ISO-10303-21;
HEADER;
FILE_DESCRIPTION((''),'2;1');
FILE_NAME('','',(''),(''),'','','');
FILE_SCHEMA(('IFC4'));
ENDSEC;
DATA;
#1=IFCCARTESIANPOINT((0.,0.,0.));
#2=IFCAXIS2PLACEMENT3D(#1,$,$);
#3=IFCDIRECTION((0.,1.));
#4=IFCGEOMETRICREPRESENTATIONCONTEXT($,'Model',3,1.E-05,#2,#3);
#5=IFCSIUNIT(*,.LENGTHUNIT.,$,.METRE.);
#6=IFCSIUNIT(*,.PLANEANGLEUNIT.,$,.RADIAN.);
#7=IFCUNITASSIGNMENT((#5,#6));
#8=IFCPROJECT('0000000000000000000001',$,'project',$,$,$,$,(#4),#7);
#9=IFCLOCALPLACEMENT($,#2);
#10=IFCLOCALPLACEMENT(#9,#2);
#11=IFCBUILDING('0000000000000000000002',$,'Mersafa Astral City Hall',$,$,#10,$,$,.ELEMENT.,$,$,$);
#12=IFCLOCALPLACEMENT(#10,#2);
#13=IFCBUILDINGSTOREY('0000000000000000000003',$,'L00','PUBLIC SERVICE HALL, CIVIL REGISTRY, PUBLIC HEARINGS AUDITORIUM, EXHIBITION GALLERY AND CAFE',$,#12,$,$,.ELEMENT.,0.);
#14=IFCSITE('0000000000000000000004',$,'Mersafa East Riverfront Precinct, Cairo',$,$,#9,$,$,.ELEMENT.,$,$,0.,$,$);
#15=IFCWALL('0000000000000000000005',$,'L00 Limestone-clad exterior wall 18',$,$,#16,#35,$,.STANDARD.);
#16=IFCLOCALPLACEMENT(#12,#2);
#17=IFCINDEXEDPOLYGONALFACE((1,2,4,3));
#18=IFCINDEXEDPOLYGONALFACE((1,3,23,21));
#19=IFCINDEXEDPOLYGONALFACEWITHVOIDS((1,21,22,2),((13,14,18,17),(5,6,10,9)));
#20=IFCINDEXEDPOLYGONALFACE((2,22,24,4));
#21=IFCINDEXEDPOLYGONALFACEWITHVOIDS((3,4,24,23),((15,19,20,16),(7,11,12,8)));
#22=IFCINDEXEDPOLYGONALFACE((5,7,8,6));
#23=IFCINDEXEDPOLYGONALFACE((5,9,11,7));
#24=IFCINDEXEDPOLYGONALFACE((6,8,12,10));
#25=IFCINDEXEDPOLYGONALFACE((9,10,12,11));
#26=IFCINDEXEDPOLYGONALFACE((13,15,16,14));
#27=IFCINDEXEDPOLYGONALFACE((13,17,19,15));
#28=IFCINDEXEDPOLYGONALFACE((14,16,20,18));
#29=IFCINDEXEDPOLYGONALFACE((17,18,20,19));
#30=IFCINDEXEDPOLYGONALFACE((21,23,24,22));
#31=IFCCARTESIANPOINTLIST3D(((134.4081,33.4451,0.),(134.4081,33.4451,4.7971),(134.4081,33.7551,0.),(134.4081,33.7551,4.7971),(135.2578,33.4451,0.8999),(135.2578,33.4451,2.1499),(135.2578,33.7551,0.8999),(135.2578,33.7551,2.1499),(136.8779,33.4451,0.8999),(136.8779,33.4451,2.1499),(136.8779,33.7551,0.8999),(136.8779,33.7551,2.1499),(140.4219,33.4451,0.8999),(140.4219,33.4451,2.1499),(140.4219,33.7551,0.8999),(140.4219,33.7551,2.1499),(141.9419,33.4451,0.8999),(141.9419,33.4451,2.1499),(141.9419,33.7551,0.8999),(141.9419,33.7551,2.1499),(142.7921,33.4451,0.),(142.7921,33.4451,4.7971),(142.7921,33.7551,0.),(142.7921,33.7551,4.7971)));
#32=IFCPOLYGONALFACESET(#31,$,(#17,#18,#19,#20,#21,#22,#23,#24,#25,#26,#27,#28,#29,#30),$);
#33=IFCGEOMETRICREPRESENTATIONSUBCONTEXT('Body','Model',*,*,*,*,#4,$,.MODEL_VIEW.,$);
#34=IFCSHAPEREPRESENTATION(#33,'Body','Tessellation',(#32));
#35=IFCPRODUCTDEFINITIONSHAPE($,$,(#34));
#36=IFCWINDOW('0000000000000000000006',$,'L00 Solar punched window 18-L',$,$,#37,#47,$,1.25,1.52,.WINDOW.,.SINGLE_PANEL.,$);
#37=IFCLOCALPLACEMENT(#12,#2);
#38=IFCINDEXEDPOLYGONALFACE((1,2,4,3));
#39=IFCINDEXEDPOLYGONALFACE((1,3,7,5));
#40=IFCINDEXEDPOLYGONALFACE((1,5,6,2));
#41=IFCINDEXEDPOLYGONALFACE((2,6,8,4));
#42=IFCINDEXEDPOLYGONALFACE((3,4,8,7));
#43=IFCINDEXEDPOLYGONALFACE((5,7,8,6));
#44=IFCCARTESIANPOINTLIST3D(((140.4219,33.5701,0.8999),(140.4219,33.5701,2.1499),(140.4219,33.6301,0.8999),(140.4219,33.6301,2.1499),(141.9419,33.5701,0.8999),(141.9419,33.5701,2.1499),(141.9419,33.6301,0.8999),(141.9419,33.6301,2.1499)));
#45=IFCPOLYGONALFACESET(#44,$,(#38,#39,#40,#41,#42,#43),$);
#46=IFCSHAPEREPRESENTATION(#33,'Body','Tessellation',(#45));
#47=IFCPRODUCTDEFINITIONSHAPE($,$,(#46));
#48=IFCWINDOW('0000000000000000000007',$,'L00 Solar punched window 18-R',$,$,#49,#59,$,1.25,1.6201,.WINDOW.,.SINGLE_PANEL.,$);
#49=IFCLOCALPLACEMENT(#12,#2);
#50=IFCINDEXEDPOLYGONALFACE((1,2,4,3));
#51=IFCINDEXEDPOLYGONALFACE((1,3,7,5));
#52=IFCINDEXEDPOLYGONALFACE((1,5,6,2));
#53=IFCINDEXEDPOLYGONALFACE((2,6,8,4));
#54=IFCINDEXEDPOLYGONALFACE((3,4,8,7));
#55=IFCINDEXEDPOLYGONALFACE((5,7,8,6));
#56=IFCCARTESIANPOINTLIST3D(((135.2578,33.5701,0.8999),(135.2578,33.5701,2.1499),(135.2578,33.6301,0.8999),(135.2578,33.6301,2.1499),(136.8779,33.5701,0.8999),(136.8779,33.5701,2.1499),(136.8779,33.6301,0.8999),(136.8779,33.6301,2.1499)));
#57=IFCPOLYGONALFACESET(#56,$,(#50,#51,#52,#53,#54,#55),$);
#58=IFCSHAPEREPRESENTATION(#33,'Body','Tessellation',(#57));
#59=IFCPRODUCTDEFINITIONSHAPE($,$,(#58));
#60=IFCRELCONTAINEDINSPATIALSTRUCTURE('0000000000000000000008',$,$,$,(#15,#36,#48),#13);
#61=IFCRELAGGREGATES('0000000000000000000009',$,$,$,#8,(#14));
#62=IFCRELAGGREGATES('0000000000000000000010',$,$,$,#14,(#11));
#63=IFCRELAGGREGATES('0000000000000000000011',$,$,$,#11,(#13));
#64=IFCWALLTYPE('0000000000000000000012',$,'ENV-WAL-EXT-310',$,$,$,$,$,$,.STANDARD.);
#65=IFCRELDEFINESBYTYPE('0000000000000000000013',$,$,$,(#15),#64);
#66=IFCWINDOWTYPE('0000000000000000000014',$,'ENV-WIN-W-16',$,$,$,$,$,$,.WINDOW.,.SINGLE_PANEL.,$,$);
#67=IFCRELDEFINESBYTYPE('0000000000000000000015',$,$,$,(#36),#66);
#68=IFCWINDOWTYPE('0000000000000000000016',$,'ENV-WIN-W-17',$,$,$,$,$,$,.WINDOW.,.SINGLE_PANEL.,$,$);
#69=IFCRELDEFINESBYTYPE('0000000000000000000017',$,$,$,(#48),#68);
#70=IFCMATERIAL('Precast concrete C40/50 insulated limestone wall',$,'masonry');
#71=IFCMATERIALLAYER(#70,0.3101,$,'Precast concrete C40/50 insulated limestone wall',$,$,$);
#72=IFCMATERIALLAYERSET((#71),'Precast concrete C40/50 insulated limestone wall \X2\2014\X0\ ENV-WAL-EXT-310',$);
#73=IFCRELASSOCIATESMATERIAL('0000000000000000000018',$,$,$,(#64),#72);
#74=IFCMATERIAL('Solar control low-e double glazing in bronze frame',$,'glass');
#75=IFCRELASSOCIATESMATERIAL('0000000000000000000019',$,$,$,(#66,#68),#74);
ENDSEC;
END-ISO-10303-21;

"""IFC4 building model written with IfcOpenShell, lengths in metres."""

from ifc_helpers import new_model, si_unit, direction, frame, frame_2d, origin, place, context, subcontext, project, spatial, rectangle, extrude, material, layer, layer_set, type_object, element, fill, save


model = new_model("IFC4")

# Units and contexts
model_context = context("Model", 3, precision=1e-05, world=origin(), true_north=direction((0.0, 1.0)))
body_context = subcontext(model_context, "Body", "Model", "MODEL_VIEW")
ifc_project = project(units=[si_unit("LENGTHUNIT", "METRE"), si_unit("PLANEANGLEUNIT", "RADIAN")], contexts=[model_context])

# Site, building, storey
site_placement = place(None, origin())
site = spatial("IfcSite", under=ifc_project, at=site_placement, Name="Mersafa East Riverfront Precinct, Cairo", CompositionType="ELEMENT", RefElevation=0.0)
building_placement = place(site_placement, origin())
building = spatial("IfcBuilding", under=site, at=building_placement, Name="Mersafa Astral City Hall", CompositionType="ELEMENT")
storey_placement = place(building_placement, origin())
storey = spatial("IfcBuildingStorey", under=building, at=storey_placement, Name="L00", Description="PUBLIC SERVICE HALL, CIVIL REGISTRY, PUBLIC HEARINGS AUDITORIUM, EXHIBITION GALLERY AND CAFE", CompositionType="ELEMENT", Elevation=0.0)

# Wall, openings, windows
ifc_material_1 = material(Name="Precast concrete C40/50 insulated limestone wall", Category="masonry")
ifc_layer_1 = layer(ifc_material_1, 0.3101, Name="Precast concrete C40/50 insulated limestone wall")
ifc_layer_set_1 = layer_set([ifc_layer_1], Name="Precast concrete C40/50 insulated limestone wall — ENV-WAL-EXT-310")
wall_type = type_object("IfcWallType", Name="ENV-WAL-EXT-310", PredefinedType="STANDARD", material=ifc_layer_set_1)
wall_placement = place(storey_placement, frame((142.792, 33.6001, 0.0), z_axis=(0.0, 0.0, 1.0), x_axis=(-1.0, 0.0, 0.0)))
wall = element("IfcWall", 1, at=wall_placement, inside=storey, type_object=wall_type, Name="L00 Limestone-clad exterior wall 18", PredefinedType="STANDARD", context=body_context, shape_type="SweptSolid", body=[
    extrude(rectangle(XDim=8.384, YDim=0.3101, at=frame_2d((4.1919, 0.0))), origin(), (0.0, 0.0, 1.0), 4.7971),
])
opening_1_placement = place(wall_placement, frame((0.8501, 0.0, 0.8999)))
opening_1 = element("IfcOpeningElement", 2, at=opening_1_placement, cuts=wall, PredefinedType="OPENING", context=body_context, shape_type="SweptSolid", body=[
    extrude(rectangle(XDim=1.52, YDim=1.25, at=frame_2d((0.76, 0.625))), frame((0.0, 0.165, 0.0), z_axis=(0.0, -1.0, 0.0), x_axis=(1.0, 0.0, 0.0)), (0.0, 0.0, 1.0), 0.3301),
])
opening_2_placement = place(wall_placement, frame((5.9141, 0.0, 0.8999)))
opening_2 = element("IfcOpeningElement", 3, at=opening_2_placement, cuts=wall, PredefinedType="OPENING", context=body_context, shape_type="SweptSolid", body=[
    extrude(rectangle(XDim=1.6201, YDim=1.25, at=frame_2d((0.8101, 0.625))), frame((0.0, 0.165, 0.0), z_axis=(0.0, -1.0, 0.0), x_axis=(1.0, 0.0, 0.0)), (0.0, 0.0, 1.0), 0.3301),
])
ifc_material_2 = material(Name="Solar control low-e double glazing in bronze frame", Category="glass")
window_type_1 = type_object("IfcWindowType", Name="ENV-WIN-W-16", PartitioningType="SINGLE_PANEL", PredefinedType="WINDOW", material=ifc_material_2)
window_1_placement = place(opening_1_placement, origin())
window_1 = element("IfcWindow", 4, at=window_1_placement, inside=storey, type_object=window_type_1, Name="L00 Solar punched window 18-L", OverallHeight=1.25, OverallWidth=1.52, PartitioningType="SINGLE_PANEL", PredefinedType="WINDOW", context=body_context, shape_type="SweptSolid", body=[
    extrude(rectangle(XDim=1.52, YDim=1.25, at=frame_2d((0.76, 0.625))), frame((0.0, 0.03, 0.0), z_axis=(0.0, -1.0, 0.0), x_axis=(1.0, 0.0, 0.0)), (0.0, 0.0, 1.0), 0.0601),
])
fill(opening_1, window_1)
window_type_2 = type_object("IfcWindowType", Name="ENV-WIN-W-17", PartitioningType="SINGLE_PANEL", PredefinedType="WINDOW", material=ifc_material_2)
window_2_placement = place(opening_2_placement, origin())
window_2 = element("IfcWindow", 5, at=window_2_placement, inside=storey, type_object=window_type_2, Name="L00 Solar punched window 18-R", OverallHeight=1.25, OverallWidth=1.6201, PartitioningType="SINGLE_PANEL", PredefinedType="WINDOW", context=body_context, shape_type="SweptSolid", body=[
    extrude(rectangle(XDim=1.6201, YDim=1.25, at=frame_2d((0.8101, 0.625))), frame((0.0, 0.03, 0.0), z_axis=(0.0, -1.0, 0.0), x_axis=(1.0, 0.0, 0.0)), (0.0, 0.0, 1.0), 0.0601),
])
fill(opening_2, window_2)

save(model, "model.ifc")
